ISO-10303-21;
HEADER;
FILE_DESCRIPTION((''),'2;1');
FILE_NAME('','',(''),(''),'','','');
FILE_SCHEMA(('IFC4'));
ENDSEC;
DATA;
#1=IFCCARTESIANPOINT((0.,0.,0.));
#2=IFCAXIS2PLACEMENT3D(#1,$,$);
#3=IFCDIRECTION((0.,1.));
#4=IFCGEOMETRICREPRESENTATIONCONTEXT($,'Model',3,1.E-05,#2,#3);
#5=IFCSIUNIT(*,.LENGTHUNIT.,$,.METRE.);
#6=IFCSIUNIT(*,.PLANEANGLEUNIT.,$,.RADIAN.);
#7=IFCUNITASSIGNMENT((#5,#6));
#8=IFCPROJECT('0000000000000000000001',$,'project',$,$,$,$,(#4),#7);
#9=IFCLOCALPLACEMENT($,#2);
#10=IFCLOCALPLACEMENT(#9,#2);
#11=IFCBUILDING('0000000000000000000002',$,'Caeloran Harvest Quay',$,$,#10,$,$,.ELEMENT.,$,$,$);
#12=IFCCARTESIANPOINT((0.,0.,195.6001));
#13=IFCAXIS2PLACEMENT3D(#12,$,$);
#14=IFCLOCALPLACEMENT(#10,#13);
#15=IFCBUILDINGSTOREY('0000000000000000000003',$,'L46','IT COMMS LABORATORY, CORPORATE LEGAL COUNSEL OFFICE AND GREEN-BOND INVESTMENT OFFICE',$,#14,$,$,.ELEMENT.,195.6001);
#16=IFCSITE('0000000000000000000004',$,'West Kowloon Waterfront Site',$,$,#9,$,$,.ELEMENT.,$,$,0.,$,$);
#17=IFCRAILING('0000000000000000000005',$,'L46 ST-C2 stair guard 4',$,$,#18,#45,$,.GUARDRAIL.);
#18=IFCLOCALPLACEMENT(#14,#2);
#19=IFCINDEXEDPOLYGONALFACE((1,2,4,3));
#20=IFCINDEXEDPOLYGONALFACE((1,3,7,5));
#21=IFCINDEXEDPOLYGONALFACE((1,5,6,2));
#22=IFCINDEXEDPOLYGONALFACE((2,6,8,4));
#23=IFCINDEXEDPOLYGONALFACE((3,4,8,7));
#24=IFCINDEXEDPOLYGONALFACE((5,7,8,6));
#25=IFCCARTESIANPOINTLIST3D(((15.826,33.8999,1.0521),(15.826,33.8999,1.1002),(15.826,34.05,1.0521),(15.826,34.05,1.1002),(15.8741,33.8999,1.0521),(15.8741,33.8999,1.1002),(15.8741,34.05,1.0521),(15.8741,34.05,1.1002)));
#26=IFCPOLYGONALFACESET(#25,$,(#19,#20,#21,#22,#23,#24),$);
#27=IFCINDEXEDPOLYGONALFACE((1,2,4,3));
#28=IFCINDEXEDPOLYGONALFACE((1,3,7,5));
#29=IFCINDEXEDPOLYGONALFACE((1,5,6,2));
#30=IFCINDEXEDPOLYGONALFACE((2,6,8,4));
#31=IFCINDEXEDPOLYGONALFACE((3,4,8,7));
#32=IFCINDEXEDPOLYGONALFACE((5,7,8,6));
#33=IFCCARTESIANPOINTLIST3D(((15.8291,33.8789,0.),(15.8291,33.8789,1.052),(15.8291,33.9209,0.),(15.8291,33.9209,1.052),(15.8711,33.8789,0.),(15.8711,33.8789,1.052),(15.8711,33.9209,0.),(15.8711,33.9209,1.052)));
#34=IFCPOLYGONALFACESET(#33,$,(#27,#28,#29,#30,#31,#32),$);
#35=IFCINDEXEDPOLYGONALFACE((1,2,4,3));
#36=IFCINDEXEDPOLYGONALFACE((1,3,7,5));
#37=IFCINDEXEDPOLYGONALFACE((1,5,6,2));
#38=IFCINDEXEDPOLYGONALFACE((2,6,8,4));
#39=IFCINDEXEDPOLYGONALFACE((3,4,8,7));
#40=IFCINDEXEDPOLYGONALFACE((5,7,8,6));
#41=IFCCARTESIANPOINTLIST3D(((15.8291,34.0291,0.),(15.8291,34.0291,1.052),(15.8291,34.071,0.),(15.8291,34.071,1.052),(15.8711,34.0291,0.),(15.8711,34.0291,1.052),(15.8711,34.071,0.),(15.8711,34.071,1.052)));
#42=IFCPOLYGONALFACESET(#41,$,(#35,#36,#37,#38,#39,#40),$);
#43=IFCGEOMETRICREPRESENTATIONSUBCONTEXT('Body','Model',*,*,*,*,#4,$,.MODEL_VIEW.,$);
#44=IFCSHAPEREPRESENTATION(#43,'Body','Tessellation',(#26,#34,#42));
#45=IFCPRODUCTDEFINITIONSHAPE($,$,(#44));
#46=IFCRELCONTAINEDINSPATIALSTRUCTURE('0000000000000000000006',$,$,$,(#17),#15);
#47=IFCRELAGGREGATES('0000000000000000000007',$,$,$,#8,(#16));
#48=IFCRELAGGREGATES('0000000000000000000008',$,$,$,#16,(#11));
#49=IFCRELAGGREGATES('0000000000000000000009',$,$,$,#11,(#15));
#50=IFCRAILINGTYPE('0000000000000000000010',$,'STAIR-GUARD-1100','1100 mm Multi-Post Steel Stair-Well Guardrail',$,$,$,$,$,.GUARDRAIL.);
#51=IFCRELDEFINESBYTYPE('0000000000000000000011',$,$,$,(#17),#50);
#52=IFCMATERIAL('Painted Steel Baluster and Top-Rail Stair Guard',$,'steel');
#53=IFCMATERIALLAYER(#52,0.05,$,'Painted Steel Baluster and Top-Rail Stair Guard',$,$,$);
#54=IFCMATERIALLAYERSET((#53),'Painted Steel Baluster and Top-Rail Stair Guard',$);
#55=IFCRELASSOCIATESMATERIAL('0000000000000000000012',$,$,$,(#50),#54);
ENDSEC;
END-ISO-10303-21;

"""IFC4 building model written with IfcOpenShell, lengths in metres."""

from ifc_helpers import new_model, si_unit, direction, frame, origin, origin_2d, place, context, subcontext, project, spatial, rectangle, extrude, material, layer, layer_set, type_object, element, save


model = new_model("IFC4")

# Units and contexts
model_context = context("Model", 3, precision=1e-05, world=origin(), true_north=direction((0.0, 1.0)))
body_context = subcontext(model_context, "Body", "Model", "MODEL_VIEW")
ifc_project = project(units=[si_unit("LENGTHUNIT", "METRE"), si_unit("PLANEANGLEUNIT", "RADIAN")], contexts=[model_context])

# Site, building, storey
site_placement = place(None, origin())
site = spatial("IfcSite", under=ifc_project, at=site_placement, Name="West Kowloon Waterfront Site", CompositionType="ELEMENT", RefElevation=0.0)
building_placement = place(site_placement, origin())
building = spatial("IfcBuilding", under=site, at=building_placement, Name="Caeloran Harvest Quay", CompositionType="ELEMENT")
storey_placement = place(building_placement, frame((0.0, 0.0, 195.6001)))
storey = spatial("IfcBuildingStorey", under=building, at=storey_placement, Name="L46", Description="IT COMMS LABORATORY, CORPORATE LEGAL COUNSEL OFFICE AND GREEN-BOND INVESTMENT OFFICE", CompositionType="ELEMENT", Elevation=195.6001)

# Railing
ifc_material_1 = material(Name="Painted Steel Baluster and Top-Rail Stair Guard", Category="steel")
ifc_layer_1 = layer(ifc_material_1, 0.05, Name="Painted Steel Baluster and Top-Rail Stair Guard")
ifc_layer_set_1 = layer_set([ifc_layer_1], Name="Painted Steel Baluster and Top-Rail Stair Guard")
railing_type = type_object("IfcRailingType", Name="STAIR-GUARD-1100", Description="1100 mm Multi-Post Steel Stair-Well Guardrail", PredefinedType="GUARDRAIL", material=ifc_layer_set_1)
railing_1_placement = place(storey_placement, frame((15.8501, 33.8999, 0.0)))
element("IfcRailing", 1, at=railing_1_placement, inside=storey, type_object=railing_type, Name="L46 ST-C2 stair guard 4", PredefinedType="GUARDRAIL", context=body_context, shape_type="SweptSolid", body=[
    extrude(rectangle(XDim=0.0481, YDim=0.0481, at=origin_2d()), frame((0.0, 0.0, 1.0762), z_axis=(0.0, 1.0, 0.0), x_axis=(-1.0, 0.0, 0.0)), (0.0, 0.0, 1.0), 0.1501),
    extrude(rectangle(XDim=0.042, YDim=0.042, at=origin_2d()), origin(), (0.0, 0.0, 1.0), 1.052),
    extrude(rectangle(XDim=0.042, YDim=0.042, at=origin_2d()), frame((0.0, 0.1501, 0.0)), (0.0, 0.0, 1.0), 1.052),
])

save(model, "model.ifc")
